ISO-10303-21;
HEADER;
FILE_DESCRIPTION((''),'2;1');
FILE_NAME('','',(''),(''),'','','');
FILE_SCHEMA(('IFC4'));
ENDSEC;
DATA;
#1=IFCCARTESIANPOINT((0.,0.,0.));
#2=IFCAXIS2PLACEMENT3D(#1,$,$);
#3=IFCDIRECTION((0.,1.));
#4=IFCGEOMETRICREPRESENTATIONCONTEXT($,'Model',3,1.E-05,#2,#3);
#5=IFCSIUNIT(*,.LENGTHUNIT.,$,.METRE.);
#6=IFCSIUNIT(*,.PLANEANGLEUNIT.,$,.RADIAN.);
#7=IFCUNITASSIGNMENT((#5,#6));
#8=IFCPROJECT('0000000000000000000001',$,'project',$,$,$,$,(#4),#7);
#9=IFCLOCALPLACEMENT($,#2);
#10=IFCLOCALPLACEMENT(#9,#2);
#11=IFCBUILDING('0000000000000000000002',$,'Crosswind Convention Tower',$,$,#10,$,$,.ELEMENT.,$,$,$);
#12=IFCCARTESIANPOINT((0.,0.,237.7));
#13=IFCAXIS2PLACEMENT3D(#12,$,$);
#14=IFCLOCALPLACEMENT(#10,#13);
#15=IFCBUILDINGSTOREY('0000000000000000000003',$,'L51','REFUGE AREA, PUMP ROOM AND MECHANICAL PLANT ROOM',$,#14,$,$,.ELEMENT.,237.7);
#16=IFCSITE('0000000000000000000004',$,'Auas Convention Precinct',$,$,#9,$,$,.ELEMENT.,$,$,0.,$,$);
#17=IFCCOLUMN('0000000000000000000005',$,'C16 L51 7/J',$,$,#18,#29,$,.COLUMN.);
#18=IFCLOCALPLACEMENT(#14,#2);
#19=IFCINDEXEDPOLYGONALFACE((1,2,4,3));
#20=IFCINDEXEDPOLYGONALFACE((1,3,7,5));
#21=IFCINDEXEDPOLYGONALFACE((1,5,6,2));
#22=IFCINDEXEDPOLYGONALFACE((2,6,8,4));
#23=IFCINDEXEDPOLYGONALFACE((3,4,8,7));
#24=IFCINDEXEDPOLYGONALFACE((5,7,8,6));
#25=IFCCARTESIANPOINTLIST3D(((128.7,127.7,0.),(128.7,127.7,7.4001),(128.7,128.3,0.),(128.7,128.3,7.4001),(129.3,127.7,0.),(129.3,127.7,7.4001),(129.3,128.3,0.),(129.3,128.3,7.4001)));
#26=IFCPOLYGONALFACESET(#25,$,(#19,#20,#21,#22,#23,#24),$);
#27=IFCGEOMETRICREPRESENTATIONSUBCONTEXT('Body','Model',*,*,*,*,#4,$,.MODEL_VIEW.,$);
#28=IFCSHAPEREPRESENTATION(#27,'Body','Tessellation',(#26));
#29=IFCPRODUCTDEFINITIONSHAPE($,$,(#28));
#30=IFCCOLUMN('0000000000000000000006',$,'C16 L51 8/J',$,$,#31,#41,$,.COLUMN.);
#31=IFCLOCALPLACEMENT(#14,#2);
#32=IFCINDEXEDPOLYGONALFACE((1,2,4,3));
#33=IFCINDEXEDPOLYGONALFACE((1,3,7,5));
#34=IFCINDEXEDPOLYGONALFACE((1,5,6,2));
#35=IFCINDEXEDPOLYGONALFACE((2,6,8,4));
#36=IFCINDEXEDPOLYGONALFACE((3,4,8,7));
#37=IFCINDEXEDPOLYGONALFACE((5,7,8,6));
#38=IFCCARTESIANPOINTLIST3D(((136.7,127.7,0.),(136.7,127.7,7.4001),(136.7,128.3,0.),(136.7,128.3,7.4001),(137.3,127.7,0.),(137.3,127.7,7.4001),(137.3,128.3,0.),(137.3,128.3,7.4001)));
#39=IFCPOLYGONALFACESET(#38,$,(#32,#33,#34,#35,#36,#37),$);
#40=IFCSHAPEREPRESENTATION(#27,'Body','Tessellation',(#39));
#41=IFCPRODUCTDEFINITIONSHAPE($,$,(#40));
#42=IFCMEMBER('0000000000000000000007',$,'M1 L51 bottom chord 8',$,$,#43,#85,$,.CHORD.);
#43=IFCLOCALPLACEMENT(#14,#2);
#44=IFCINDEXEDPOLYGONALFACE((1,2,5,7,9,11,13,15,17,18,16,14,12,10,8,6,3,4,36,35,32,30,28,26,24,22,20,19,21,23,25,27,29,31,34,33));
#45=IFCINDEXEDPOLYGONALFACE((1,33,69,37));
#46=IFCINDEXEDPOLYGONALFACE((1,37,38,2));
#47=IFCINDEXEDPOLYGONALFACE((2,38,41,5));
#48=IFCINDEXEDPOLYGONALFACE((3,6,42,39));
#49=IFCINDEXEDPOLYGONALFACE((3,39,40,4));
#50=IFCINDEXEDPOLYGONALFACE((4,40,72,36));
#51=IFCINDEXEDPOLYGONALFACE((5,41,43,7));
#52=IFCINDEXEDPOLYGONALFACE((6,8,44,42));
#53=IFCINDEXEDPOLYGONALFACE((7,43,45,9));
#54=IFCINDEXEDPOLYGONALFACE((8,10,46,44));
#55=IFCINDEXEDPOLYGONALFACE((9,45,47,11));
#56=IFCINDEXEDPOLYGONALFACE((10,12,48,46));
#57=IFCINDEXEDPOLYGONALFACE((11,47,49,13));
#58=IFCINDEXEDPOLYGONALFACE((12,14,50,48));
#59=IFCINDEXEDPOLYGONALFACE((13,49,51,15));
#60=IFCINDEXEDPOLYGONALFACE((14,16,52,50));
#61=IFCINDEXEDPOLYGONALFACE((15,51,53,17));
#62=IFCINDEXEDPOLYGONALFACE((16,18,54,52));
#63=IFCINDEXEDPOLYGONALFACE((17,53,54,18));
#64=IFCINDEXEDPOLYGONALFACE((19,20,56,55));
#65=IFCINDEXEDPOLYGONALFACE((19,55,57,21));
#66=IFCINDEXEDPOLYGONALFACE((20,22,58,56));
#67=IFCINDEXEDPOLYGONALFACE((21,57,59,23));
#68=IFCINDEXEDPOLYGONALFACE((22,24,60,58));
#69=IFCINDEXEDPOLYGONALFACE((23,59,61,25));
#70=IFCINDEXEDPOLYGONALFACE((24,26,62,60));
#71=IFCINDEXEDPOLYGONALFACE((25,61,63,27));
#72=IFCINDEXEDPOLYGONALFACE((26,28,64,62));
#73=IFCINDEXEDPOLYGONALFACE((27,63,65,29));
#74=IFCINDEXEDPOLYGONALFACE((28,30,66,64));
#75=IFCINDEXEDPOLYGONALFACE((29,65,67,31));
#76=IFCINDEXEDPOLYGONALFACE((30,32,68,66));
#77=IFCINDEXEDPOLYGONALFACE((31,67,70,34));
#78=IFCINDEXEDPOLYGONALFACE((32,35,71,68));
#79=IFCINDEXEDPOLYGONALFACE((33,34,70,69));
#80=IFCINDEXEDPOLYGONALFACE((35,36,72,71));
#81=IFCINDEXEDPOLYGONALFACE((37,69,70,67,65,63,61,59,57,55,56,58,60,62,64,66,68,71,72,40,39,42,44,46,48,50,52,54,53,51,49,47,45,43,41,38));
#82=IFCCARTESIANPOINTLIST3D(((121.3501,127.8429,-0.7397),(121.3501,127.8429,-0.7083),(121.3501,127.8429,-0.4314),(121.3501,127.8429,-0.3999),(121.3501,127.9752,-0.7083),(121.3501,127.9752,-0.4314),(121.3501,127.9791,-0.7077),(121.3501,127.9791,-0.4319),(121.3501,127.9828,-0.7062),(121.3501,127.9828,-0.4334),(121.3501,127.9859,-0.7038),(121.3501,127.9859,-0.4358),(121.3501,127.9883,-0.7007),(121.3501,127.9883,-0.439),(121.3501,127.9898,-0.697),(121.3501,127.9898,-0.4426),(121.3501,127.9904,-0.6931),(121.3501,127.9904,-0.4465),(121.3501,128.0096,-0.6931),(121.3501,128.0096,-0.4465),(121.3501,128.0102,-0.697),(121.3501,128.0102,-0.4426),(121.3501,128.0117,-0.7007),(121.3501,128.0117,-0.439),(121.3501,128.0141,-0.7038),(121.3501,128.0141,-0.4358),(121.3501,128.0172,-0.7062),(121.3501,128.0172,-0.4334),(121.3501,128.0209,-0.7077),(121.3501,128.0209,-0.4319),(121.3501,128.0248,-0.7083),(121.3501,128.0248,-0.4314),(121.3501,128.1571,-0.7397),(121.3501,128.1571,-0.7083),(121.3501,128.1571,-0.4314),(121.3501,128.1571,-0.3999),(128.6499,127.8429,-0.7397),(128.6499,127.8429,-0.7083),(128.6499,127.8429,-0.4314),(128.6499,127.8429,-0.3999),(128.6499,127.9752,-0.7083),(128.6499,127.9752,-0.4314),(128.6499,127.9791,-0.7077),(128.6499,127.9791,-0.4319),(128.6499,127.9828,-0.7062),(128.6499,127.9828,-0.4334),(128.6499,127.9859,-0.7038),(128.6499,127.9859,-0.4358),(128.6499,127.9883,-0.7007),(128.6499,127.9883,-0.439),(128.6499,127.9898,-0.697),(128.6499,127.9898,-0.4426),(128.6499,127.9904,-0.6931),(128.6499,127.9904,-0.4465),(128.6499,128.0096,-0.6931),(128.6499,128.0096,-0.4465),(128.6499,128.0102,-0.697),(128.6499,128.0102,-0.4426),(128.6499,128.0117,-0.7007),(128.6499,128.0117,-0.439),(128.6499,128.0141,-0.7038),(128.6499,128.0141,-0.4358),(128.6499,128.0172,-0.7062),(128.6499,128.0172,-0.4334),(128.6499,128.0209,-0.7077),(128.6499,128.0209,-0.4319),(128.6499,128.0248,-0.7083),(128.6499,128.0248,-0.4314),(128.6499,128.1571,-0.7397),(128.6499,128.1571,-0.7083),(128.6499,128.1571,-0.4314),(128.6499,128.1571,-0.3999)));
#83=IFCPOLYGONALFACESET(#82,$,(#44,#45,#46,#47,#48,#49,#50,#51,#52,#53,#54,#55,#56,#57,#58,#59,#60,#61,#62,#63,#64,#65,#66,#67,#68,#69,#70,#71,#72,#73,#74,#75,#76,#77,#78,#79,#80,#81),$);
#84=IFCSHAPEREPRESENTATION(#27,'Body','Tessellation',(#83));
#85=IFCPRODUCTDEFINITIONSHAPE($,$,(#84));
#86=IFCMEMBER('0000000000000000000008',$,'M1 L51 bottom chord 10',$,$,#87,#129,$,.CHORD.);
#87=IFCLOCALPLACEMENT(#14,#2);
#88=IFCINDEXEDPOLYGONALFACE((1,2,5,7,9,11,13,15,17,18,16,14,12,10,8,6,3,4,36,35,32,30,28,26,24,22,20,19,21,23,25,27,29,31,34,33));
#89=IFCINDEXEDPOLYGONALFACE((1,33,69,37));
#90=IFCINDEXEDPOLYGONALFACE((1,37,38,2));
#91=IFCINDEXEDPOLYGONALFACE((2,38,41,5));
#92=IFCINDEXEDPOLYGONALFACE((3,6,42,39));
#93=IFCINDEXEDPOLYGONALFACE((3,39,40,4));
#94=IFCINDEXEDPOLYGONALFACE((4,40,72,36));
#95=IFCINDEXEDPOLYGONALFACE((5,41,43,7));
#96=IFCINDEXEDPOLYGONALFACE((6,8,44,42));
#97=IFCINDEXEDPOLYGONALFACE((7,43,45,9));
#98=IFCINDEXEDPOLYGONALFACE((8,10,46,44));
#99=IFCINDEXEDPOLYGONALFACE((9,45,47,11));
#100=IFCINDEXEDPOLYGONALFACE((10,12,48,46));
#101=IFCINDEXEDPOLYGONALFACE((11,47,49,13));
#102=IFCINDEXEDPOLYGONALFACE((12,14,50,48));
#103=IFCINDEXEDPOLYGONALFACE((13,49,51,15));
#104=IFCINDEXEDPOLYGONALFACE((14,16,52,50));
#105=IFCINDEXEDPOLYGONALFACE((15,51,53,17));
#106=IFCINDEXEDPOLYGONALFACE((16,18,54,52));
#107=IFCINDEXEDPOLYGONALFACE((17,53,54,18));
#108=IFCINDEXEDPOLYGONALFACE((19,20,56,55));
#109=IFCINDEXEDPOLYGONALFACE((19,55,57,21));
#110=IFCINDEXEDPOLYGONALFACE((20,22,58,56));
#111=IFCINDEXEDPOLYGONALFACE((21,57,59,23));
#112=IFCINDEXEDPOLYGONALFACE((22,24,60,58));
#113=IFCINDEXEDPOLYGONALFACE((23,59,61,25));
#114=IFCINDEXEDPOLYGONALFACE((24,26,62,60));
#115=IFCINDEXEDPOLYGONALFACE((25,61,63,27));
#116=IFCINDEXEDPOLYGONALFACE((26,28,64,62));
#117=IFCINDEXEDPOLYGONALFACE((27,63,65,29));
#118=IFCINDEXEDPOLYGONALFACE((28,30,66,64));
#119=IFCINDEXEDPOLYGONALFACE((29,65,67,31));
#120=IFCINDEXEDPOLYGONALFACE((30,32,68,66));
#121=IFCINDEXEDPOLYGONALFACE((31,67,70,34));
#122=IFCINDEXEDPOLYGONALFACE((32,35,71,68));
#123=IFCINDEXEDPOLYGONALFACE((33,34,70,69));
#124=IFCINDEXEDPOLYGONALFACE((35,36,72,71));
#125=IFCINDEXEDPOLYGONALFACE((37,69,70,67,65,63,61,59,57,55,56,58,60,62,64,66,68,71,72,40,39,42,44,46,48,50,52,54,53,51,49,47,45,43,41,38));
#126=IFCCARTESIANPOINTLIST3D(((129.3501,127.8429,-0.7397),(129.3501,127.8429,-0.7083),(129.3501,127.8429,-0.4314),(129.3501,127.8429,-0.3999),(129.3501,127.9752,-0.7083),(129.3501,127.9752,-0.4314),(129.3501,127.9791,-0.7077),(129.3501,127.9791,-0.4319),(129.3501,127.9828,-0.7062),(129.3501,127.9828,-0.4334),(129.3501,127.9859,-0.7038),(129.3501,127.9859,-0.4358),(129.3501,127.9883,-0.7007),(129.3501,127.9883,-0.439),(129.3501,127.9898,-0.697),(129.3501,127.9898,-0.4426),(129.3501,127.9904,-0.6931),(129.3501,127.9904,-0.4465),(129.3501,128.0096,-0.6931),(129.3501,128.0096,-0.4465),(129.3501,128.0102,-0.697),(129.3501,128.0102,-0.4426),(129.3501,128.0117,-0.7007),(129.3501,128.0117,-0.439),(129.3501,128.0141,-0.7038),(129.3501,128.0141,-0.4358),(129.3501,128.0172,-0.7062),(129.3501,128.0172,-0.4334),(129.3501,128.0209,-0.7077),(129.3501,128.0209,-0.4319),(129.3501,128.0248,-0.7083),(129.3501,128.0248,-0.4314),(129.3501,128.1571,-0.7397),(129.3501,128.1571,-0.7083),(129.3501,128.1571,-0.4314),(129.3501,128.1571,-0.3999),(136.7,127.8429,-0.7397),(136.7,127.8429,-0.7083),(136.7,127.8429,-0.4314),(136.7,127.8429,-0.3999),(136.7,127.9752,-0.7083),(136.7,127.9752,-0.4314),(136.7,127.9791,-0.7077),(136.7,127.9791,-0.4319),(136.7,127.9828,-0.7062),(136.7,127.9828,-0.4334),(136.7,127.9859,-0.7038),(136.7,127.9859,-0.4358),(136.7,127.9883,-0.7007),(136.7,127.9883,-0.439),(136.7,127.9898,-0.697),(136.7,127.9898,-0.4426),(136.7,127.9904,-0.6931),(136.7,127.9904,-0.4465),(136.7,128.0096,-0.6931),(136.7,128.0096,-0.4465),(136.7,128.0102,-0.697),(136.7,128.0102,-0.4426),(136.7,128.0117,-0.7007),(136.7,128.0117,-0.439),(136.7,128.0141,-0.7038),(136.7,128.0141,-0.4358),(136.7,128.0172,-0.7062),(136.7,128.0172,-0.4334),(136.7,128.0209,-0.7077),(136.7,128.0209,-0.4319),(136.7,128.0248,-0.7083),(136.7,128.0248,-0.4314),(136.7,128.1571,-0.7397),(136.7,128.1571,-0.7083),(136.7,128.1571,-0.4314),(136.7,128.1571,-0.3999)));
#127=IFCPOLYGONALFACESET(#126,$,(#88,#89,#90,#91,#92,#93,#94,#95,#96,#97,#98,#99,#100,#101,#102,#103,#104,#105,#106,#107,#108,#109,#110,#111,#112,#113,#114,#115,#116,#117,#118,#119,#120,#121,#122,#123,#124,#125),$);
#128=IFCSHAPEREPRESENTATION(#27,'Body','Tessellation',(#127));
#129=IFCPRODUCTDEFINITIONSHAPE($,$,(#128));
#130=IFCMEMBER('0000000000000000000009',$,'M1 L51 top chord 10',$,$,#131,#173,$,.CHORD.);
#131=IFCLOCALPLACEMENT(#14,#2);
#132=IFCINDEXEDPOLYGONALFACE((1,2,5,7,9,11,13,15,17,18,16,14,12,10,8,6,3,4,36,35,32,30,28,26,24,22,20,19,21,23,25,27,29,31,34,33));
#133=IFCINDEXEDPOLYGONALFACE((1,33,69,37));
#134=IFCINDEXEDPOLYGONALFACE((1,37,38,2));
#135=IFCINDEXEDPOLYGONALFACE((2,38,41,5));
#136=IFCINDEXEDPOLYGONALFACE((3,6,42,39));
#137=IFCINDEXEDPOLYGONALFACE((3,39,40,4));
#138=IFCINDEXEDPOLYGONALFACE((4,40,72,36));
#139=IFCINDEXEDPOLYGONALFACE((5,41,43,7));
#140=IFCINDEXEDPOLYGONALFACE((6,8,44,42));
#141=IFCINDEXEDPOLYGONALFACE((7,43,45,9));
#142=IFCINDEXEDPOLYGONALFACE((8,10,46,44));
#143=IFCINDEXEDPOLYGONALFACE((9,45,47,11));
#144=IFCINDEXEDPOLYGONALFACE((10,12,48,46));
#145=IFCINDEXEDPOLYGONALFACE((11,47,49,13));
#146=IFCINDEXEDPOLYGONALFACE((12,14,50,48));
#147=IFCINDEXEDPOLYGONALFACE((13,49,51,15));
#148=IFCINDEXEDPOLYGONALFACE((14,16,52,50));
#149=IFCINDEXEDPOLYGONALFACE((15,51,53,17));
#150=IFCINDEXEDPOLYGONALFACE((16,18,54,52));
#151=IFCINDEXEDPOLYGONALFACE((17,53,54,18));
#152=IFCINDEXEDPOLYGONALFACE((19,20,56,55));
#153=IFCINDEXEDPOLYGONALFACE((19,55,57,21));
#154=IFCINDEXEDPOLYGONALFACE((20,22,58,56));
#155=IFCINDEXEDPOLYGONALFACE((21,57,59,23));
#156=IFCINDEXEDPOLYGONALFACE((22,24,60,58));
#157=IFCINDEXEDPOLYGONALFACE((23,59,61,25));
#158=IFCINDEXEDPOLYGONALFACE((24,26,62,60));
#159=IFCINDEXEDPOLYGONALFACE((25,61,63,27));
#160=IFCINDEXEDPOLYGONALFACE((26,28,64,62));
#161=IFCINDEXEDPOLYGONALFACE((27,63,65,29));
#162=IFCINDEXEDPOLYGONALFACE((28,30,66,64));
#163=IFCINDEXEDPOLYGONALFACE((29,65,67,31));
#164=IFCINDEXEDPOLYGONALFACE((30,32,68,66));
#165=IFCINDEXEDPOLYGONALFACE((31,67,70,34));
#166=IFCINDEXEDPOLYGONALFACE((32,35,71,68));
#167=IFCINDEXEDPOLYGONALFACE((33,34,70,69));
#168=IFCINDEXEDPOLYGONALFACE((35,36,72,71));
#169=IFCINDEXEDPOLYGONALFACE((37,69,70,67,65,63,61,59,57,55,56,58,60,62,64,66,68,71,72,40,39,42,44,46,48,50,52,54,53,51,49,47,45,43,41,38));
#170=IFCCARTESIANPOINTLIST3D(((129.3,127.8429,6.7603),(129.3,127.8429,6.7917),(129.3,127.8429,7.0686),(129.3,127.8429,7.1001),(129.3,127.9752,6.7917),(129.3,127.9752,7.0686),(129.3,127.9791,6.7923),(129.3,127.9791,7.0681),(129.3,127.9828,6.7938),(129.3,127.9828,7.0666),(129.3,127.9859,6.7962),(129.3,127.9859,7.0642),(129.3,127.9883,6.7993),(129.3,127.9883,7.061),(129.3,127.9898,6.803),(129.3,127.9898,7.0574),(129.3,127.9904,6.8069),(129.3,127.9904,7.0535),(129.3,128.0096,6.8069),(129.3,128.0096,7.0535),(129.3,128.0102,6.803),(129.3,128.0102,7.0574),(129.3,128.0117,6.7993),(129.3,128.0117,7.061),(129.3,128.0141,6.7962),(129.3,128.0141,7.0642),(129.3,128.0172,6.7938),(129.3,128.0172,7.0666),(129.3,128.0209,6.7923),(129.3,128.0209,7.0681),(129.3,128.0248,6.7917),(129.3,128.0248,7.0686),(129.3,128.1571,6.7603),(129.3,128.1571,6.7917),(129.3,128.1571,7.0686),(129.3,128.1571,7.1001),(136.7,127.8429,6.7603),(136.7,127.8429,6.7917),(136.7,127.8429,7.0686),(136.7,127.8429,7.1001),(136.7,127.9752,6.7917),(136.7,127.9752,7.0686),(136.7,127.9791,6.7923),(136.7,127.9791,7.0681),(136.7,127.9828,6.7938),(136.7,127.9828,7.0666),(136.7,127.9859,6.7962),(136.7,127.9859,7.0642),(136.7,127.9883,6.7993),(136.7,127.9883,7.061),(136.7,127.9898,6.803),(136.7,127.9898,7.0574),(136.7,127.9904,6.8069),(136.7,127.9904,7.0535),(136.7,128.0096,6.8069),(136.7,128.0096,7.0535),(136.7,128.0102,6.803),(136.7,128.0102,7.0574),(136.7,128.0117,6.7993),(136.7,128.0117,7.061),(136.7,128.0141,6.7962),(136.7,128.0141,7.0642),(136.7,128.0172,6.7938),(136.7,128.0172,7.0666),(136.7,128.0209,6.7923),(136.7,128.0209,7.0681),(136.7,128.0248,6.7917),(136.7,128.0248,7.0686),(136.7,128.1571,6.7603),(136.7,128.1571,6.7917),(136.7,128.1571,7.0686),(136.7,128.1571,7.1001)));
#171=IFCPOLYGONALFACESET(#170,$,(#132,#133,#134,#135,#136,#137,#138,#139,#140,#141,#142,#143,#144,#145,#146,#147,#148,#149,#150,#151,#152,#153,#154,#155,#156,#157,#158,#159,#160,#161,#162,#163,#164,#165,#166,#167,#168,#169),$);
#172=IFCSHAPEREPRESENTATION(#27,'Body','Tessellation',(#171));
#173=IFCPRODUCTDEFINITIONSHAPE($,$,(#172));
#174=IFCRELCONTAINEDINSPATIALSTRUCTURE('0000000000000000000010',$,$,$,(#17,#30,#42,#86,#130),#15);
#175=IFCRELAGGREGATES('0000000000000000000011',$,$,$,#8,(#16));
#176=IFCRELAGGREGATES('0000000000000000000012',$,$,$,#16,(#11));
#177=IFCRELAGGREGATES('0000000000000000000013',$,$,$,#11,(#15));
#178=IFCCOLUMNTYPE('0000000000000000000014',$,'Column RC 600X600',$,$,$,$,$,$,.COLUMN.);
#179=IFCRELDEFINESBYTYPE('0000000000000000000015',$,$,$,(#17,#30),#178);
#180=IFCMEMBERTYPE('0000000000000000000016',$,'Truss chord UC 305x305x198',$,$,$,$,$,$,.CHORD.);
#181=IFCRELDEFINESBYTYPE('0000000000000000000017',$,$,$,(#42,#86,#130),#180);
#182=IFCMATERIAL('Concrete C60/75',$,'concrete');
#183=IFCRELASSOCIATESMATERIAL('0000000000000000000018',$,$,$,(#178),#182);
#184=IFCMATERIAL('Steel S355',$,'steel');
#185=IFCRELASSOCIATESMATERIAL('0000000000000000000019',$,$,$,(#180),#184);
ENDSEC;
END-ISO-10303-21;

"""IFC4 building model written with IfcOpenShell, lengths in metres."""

from ifc_helpers import new_model, si_unit, direction, frame, origin, origin_2d, place, context, subcontext, project, spatial, rectangle, i_section, extrude, material, material_profile, profile_set, type_object, element, save


model = new_model("IFC4")

# Units and contexts
model_context = context("Model", 3, precision=1e-05, world=origin(), true_north=direction((0.0, 1.0)))
body_context = subcontext(model_context, "Body", "Model", "MODEL_VIEW")
ifc_project = project(units=[si_unit("LENGTHUNIT", "METRE"), si_unit("PLANEANGLEUNIT", "RADIAN")], contexts=[model_context])

# Site, building, storey
site_placement = place(None, origin())
site = spatial("IfcSite", under=ifc_project, at=site_placement, Name="Auas Convention Precinct", CompositionType="ELEMENT", RefElevation=0.0)
building_placement = place(site_placement, origin())
building = spatial("IfcBuilding", under=site, at=building_placement, Name="Crosswind Convention Tower", CompositionType="ELEMENT")
storey_placement = place(building_placement, frame((0.0, 0.0, 237.7)))
storey = spatial("IfcBuildingStorey", under=building, at=storey_placement, Name="L51", Description="REFUGE AREA, PUMP ROOM AND MECHANICAL PLANT ROOM", CompositionType="ELEMENT", Elevation=237.7)

# Columns
ifc_material_1 = material(Name="Concrete C60/75", Category="concrete")
ifc_material_profile_1 = material_profile(ifc_material_1, rectangle(XDim=0.6001, YDim=0.6001, at=origin_2d()), Name="RC 600X600")
ifc_profile_set_1 = profile_set([ifc_material_profile_1], Name="Concrete C60/75")
column_type = type_object("IfcColumnType", Name="Column RC 600X600", PredefinedType="COLUMN", material=ifc_profile_set_1)
for number, where, z_axis, x_axis, name in (
    (1, (129.0, 128.0, 0.0), (0.0, 0.0, 1.0), (1.0, 0.0, 0.0), "C16 L51 7/J"),
    (2, (137.0, 128.0, 0.0), (0.0, 0.0, 1.0), (1.0, 0.0, 0.0), "C16 L51 8/J"),
):
    element("IfcColumn", number, at=place(storey_placement, frame(where, z_axis=z_axis, x_axis=x_axis)), inside=storey, type_object=column_type, Name=name, PredefinedType="COLUMN", context=body_context, shape_type="SweptSolid", body=[
        extrude(rectangle(XDim=0.6001, YDim=0.6001, at=origin_2d()), origin(), (0.0, 0.0, 1.0), 7.4001),
    ])

# Members
ifc_material_2 = material(Name="Steel S355", Category="steel")
ifc_material_profile_2 = material_profile(ifc_material_2, i_section(OverallWidth=0.3142, OverallDepth=0.3398, WebThickness=0.0193, FlangeThickness=0.0315, FilletRadius=0.0151, at=origin_2d()), Name="UC 305x305x198")
ifc_profile_set_2 = profile_set([ifc_material_profile_2], Name="Steel S355")
member_type_1 = type_object("IfcMemberType", Name="Truss chord UC 305x305x198", PredefinedType="CHORD", material=ifc_profile_set_2)
member_1_placement = place(storey_placement, frame((121.3501, 128.0, -0.5698), z_axis=(1.0, 0.0, 0.0), x_axis=(0.0, 1.0, 0.0)))
element("IfcMember", 3, at=member_1_placement, inside=storey, type_object=member_type_1, Name="M1 L51 bottom chord 8", PredefinedType="CHORD", context=body_context, shape_type="SweptSolid", body=[
    extrude(i_section(OverallWidth=0.3142, OverallDepth=0.3398, WebThickness=0.0193, FlangeThickness=0.0315, FilletRadius=0.0151, at=origin_2d()), origin(), (0.0, 0.0, 1.0), 7.2998),
])
member_2_placement = place(storey_placement, frame((129.3501, 128.0, -0.5698), z_axis=(1.0, 0.0, 0.0), x_axis=(0.0, 1.0, 0.0)))
element("IfcMember", 4, at=member_2_placement, inside=storey, type_object=member_type_1, Name="M1 L51 bottom chord 10", PredefinedType="CHORD", context=body_context, shape_type="SweptSolid", body=[
    extrude(i_section(OverallWidth=0.3142, OverallDepth=0.3398, WebThickness=0.0193, FlangeThickness=0.0315, FilletRadius=0.0151, at=origin_2d()), origin(), (0.0, 0.0, 1.0), 7.3499),
])
member_3_placement = place(storey_placement, frame((129.3, 128.0, 6.9302), z_axis=(1.0, 0.0, 0.0), x_axis=(0.0, 1.0, 0.0)))
element("IfcMember", 5, at=member_3_placement, inside=storey, type_object=member_type_1, Name="M1 L51 top chord 10", PredefinedType="CHORD", context=body_context, shape_type="SweptSolid", body=[
    extrude(i_section(OverallWidth=0.3142, OverallDepth=0.3398, WebThickness=0.0193, FlangeThickness=0.0315, FilletRadius=0.0151, at=origin_2d()), origin(), (0.0, 0.0, 1.0), 7.3999),
])

save(model, "model.ifc")
